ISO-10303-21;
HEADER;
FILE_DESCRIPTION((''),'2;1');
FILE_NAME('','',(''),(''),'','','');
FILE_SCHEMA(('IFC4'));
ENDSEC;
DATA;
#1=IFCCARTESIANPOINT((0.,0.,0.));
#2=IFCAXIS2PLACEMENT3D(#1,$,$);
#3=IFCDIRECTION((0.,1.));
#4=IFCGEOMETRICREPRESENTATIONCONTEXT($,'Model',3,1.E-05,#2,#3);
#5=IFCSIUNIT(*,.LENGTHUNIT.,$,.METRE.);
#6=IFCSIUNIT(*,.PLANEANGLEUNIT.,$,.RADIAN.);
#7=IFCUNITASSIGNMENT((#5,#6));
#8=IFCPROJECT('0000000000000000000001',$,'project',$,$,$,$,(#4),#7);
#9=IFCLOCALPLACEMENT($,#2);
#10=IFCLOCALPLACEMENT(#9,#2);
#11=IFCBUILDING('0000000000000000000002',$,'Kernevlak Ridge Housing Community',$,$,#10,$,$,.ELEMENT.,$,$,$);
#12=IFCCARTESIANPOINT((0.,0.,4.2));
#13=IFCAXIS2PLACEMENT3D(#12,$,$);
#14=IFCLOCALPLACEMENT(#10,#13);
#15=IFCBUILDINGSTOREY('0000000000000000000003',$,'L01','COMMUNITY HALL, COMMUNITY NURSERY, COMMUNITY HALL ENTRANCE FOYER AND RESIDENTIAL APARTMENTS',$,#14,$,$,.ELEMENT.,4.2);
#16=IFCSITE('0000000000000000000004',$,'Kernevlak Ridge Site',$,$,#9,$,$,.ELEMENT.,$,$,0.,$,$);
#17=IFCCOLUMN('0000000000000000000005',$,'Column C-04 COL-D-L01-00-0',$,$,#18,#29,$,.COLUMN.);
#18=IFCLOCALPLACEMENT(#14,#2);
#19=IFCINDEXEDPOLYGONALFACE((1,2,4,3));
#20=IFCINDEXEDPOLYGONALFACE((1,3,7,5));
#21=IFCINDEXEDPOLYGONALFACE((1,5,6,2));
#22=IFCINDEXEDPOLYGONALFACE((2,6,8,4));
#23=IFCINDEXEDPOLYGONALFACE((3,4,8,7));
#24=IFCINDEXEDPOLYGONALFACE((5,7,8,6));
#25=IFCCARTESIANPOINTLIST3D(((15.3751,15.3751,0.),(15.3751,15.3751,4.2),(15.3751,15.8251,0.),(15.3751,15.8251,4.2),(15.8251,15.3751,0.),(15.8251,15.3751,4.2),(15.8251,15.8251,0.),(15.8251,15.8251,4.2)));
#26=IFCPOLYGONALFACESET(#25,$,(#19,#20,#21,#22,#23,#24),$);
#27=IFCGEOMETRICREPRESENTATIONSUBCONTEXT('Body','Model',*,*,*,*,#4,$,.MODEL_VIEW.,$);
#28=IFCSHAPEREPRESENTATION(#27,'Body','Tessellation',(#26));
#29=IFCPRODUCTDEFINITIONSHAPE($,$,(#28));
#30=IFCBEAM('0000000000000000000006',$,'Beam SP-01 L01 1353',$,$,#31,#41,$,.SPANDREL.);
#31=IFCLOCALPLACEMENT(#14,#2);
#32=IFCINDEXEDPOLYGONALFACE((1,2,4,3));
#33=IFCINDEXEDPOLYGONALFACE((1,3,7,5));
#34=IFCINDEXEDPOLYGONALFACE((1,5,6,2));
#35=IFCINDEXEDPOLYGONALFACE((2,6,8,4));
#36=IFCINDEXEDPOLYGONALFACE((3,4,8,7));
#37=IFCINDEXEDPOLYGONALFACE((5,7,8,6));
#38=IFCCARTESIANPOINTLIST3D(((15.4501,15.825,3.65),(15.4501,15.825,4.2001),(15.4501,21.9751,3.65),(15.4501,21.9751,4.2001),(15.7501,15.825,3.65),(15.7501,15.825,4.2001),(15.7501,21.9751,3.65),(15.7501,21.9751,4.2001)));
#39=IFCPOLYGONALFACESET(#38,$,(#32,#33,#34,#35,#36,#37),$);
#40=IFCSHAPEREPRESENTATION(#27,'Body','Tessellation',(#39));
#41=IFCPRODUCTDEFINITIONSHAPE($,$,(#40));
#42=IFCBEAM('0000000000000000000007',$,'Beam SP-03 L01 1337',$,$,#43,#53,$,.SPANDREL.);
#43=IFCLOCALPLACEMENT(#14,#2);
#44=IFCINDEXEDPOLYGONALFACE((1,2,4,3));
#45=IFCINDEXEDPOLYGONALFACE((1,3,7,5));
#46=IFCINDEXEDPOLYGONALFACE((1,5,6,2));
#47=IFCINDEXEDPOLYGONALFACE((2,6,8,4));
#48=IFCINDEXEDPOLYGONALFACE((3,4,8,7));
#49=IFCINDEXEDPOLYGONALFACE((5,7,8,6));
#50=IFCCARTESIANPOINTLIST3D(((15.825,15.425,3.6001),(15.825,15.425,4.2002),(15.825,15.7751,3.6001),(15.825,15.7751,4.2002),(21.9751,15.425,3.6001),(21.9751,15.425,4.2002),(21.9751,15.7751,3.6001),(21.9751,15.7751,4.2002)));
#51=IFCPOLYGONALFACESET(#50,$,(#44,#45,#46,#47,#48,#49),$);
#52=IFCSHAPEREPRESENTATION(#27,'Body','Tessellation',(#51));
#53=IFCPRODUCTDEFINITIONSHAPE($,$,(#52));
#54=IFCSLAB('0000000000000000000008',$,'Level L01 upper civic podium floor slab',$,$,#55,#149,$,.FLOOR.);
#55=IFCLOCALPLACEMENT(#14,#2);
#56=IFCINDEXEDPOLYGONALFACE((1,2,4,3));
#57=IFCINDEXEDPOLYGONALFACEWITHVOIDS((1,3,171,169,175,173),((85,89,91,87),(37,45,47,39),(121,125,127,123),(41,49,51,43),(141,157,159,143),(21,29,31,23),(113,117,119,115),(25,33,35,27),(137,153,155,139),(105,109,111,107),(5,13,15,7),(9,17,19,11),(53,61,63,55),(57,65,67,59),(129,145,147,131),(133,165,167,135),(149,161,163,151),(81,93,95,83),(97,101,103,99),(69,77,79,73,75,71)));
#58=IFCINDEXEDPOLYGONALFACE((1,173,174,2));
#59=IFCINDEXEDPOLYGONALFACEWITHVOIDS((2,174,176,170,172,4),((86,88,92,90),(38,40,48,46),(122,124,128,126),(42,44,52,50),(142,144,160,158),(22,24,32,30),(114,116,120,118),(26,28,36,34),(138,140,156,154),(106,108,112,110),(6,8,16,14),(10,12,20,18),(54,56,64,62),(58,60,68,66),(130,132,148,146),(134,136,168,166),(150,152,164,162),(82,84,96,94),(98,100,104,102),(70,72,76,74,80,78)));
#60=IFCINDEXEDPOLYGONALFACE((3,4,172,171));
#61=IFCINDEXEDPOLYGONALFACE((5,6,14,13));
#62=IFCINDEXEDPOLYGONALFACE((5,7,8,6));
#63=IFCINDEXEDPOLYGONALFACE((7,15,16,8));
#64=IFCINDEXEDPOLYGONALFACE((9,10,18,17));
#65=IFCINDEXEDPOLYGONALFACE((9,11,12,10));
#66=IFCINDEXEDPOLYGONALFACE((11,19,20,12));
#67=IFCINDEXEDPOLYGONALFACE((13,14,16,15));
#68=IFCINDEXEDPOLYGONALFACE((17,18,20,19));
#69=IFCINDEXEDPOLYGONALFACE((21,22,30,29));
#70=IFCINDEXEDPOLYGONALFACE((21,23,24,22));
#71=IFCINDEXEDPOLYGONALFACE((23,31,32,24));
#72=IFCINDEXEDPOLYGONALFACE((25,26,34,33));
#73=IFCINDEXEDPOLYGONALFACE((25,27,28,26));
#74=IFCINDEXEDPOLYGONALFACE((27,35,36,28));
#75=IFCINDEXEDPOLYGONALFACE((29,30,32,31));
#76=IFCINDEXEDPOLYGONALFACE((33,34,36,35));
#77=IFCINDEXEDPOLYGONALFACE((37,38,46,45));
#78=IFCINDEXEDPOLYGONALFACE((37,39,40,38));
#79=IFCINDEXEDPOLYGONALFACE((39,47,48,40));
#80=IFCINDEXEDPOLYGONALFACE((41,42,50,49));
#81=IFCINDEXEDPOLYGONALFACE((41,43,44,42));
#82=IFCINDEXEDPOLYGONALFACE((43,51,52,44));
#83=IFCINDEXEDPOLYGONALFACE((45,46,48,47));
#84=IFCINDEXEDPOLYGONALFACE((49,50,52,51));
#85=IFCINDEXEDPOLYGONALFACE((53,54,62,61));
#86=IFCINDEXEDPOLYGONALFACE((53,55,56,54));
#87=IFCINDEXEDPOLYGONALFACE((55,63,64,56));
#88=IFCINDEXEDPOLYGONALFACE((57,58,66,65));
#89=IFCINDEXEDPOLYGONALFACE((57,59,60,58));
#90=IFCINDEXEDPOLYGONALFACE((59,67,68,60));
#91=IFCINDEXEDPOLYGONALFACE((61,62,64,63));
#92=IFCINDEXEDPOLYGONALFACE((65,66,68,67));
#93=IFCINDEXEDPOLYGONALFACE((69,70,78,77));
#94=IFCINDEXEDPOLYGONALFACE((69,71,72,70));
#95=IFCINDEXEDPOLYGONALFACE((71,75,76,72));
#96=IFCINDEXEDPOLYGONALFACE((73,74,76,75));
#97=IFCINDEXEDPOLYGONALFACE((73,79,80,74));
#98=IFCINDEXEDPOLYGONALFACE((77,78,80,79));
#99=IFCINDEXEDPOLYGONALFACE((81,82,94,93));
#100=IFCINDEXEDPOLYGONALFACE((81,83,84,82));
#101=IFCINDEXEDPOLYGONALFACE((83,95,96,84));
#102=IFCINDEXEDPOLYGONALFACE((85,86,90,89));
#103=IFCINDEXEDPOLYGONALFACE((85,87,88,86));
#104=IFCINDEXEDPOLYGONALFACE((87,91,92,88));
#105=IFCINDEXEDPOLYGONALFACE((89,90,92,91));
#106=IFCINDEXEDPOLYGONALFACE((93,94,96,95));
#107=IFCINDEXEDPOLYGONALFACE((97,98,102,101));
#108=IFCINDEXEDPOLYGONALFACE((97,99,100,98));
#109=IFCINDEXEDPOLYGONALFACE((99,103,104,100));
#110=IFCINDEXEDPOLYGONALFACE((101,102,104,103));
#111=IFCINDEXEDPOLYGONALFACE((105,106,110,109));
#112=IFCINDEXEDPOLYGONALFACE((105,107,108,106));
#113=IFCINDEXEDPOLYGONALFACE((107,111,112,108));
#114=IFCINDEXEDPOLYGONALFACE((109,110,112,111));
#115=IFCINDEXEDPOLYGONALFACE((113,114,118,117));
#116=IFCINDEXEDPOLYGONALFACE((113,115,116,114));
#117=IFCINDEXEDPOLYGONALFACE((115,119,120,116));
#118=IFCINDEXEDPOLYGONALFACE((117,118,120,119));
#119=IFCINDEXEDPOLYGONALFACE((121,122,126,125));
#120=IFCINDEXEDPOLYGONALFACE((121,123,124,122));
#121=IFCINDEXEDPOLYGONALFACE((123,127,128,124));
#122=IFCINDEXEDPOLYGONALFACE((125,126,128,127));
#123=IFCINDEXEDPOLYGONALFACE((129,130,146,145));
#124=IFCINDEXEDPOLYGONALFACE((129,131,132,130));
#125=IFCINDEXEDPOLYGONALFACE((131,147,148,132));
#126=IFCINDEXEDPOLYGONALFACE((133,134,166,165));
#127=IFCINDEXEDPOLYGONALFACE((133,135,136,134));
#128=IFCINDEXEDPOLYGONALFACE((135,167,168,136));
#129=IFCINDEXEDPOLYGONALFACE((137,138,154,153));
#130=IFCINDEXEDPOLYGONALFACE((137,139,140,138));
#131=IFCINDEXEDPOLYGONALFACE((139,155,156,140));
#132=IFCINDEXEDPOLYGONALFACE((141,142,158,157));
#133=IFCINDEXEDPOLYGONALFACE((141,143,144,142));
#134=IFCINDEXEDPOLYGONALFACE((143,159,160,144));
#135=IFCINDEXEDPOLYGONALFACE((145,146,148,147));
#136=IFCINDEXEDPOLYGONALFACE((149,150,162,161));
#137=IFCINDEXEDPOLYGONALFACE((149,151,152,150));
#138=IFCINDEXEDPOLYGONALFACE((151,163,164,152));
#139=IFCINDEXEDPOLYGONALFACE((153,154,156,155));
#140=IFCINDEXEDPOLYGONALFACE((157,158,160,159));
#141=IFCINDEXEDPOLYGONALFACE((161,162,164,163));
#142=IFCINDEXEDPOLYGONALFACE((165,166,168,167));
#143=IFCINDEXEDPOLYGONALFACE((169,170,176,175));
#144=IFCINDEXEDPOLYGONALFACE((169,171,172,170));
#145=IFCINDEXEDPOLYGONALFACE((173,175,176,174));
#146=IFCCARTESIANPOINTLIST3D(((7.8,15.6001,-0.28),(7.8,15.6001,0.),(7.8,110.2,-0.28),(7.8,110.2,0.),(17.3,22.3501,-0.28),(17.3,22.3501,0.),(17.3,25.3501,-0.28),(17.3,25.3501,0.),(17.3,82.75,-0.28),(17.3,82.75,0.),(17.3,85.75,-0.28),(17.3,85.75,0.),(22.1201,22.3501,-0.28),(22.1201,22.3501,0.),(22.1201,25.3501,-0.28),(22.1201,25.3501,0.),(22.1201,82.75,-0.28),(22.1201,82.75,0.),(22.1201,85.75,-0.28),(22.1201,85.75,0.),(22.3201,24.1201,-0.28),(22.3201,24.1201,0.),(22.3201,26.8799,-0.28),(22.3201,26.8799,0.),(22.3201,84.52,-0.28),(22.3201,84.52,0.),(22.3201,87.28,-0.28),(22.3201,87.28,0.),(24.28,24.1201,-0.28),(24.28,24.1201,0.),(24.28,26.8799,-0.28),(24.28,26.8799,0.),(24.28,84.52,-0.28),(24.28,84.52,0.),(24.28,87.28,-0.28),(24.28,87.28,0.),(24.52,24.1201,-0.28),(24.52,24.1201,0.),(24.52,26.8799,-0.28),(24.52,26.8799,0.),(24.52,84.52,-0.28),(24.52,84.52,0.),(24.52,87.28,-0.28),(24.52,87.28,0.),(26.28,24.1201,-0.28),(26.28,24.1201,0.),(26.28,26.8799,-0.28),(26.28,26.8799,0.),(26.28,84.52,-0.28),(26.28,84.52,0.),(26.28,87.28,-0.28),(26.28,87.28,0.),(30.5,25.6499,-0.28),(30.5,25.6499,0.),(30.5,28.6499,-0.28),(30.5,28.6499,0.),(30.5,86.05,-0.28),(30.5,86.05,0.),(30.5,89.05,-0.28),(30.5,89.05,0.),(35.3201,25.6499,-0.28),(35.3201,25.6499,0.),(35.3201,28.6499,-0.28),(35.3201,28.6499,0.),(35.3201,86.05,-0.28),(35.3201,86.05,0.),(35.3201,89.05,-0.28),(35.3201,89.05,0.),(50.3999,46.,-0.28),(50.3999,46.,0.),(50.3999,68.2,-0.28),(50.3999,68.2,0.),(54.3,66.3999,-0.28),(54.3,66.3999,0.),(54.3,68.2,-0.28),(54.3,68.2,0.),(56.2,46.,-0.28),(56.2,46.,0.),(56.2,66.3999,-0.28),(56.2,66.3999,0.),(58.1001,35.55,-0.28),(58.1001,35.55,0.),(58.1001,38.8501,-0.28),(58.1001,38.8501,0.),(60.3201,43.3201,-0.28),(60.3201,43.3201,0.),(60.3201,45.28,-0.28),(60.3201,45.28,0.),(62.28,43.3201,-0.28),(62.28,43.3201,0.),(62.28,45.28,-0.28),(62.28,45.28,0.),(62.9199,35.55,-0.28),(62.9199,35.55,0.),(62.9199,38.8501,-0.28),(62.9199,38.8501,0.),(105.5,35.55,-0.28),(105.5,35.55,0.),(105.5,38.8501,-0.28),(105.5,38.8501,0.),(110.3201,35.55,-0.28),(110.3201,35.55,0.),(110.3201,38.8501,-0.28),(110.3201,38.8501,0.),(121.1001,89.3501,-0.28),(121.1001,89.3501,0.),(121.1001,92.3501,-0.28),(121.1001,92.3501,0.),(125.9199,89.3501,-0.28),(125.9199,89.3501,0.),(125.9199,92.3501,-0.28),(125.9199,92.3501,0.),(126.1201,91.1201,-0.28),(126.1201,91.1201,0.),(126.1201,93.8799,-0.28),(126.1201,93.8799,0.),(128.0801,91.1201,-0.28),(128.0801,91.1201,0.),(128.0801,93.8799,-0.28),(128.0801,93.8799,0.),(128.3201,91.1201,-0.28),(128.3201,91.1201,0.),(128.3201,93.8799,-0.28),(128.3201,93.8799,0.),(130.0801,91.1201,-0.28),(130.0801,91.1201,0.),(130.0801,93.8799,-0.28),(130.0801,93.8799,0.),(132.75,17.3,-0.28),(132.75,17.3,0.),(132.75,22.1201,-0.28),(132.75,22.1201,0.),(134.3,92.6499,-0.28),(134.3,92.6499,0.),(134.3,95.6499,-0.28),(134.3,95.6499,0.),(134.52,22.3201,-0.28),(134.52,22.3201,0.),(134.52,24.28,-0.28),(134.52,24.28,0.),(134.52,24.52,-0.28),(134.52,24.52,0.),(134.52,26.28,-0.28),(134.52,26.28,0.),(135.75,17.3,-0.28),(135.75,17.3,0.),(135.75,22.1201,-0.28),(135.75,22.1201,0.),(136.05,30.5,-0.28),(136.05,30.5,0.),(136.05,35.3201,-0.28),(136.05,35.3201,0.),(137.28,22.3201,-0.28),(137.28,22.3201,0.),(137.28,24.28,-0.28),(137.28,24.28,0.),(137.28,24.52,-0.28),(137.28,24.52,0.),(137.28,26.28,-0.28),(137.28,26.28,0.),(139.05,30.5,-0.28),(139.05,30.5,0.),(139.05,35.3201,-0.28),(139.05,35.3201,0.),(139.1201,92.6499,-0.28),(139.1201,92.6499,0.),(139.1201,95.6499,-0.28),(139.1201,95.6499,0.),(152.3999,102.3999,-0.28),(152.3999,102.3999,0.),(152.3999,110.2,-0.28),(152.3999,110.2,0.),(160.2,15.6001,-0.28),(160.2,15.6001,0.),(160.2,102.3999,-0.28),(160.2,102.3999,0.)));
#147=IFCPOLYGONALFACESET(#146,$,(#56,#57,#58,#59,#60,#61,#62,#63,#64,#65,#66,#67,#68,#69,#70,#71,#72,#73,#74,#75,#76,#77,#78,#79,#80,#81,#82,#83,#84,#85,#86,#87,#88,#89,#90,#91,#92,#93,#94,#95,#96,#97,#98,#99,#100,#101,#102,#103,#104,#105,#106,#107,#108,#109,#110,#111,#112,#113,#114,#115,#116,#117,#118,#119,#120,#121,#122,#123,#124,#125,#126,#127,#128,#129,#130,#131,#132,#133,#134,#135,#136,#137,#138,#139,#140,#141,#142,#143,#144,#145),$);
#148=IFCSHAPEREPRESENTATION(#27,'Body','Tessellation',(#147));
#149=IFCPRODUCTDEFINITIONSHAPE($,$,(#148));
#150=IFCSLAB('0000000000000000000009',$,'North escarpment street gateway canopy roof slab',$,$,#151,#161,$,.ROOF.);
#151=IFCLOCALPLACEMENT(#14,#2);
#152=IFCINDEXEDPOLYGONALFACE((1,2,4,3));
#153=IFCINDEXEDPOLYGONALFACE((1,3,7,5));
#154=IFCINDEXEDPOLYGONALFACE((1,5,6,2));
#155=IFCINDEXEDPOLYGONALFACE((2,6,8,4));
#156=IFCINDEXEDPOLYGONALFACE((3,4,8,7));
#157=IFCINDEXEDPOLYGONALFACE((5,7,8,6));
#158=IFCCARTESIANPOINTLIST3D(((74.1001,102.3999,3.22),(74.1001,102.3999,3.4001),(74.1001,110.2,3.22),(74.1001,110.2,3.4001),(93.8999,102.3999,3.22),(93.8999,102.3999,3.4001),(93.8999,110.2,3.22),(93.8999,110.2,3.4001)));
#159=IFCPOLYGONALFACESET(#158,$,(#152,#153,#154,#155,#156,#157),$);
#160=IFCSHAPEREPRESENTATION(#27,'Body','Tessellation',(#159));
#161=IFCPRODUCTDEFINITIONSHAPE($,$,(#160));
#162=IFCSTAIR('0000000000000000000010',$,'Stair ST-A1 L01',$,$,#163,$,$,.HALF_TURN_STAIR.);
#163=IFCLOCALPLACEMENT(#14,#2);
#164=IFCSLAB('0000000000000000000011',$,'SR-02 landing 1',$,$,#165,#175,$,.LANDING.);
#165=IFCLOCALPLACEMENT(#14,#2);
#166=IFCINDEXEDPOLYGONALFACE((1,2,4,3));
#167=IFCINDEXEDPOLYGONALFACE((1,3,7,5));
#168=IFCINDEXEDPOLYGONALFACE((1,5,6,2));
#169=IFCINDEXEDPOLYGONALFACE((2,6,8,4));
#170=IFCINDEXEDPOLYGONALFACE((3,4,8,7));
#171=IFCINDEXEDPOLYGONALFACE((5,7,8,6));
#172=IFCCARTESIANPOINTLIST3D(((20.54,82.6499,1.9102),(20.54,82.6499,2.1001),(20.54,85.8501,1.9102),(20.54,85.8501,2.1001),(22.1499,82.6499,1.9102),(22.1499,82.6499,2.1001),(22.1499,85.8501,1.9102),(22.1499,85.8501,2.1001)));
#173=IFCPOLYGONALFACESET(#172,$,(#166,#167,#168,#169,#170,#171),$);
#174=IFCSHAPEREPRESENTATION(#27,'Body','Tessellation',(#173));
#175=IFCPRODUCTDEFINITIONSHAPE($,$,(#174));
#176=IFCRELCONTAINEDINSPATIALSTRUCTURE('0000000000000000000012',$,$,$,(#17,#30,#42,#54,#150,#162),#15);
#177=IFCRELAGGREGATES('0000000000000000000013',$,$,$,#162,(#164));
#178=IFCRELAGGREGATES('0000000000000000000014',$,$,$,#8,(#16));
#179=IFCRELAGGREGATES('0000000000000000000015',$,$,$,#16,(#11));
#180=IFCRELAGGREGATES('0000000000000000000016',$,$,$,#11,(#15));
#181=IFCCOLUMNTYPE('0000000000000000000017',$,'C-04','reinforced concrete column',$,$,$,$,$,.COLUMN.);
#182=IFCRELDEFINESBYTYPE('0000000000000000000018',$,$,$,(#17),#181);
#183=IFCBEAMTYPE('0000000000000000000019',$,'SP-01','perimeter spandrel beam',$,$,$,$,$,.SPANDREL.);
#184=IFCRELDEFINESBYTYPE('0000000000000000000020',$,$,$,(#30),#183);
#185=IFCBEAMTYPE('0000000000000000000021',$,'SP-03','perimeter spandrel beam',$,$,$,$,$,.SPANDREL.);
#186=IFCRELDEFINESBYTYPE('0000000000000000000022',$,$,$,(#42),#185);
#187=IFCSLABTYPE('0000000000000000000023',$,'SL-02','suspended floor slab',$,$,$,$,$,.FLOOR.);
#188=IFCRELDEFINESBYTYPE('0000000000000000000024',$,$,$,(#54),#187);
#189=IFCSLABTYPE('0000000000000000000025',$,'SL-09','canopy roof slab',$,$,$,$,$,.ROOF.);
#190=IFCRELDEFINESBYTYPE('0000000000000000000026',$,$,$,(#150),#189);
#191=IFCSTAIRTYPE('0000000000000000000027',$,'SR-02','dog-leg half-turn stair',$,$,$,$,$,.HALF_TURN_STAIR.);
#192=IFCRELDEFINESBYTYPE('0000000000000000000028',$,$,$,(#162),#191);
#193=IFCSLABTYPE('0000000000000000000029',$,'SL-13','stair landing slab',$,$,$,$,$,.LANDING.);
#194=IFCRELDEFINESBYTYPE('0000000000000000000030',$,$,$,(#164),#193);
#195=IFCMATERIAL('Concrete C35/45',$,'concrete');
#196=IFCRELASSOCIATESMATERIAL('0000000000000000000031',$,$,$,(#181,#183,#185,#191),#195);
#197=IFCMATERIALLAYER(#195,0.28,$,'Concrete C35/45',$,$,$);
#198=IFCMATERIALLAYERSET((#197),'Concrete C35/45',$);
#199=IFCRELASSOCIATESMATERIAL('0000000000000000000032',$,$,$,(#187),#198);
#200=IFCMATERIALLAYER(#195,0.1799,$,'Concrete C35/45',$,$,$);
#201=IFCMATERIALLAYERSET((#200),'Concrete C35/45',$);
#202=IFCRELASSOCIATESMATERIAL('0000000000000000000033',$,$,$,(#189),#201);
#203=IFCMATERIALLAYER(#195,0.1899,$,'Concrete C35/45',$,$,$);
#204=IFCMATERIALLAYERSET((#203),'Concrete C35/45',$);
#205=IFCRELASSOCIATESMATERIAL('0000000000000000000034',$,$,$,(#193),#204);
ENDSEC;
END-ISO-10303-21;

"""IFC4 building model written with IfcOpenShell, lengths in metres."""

from ifc_helpers import new_model, si_unit, direction, frame, origin, origin_2d, place, context, subcontext, project, spatial, polyline, rectangle, outline, extrude, material, layer, layer_set, material_profile, profile_set, type_object, element, aggregate, save


model = new_model("IFC4")

# Units and contexts
model_context = context("Model", 3, precision=1e-05, world=origin(), true_north=direction((0.0, 1.0)))
body_context = subcontext(model_context, "Body", "Model", "MODEL_VIEW")
ifc_project = project(units=[si_unit("LENGTHUNIT", "METRE"), si_unit("PLANEANGLEUNIT", "RADIAN")], contexts=[model_context])

# Site, building, storey
site_placement = place(None, origin())
site = spatial("IfcSite", under=ifc_project, at=site_placement, Name="Kernevlak Ridge Site", CompositionType="ELEMENT", RefElevation=0.0)
building_placement = place(site_placement, origin())
building = spatial("IfcBuilding", under=site, at=building_placement, Name="Kernevlak Ridge Housing Community", CompositionType="ELEMENT")
storey_placement = place(building_placement, frame((0.0, 0.0, 4.2)))
storey = spatial("IfcBuildingStorey", under=building, at=storey_placement, Name="L01", Description="COMMUNITY HALL, COMMUNITY NURSERY, COMMUNITY HALL ENTRANCE FOYER AND RESIDENTIAL APARTMENTS", CompositionType="ELEMENT", Elevation=4.2)

# Column
ifc_material_1 = material(Name="Concrete C35/45", Category="concrete")
ifc_material_profile_1 = material_profile(ifc_material_1, rectangle(XDim=0.45, YDim=0.45, at=origin_2d()), Name="RC 450x450")
ifc_profile_set_1 = profile_set([ifc_material_profile_1], Name="Concrete C35/45")
column_type = type_object("IfcColumnType", Name="C-04", Description="reinforced concrete column", PredefinedType="COLUMN", material=ifc_profile_set_1)
column_placement = place(storey_placement, frame((15.6001, 15.6001, 0.0), z_axis=(0.0, 0.0, 1.0), x_axis=(1.0, 0.0, 0.0)))
element("IfcColumn", 1, at=column_placement, inside=storey, type_object=column_type, Name="Column C-04 COL-D-L01-00-0", PredefinedType="COLUMN", context=body_context, shape_type="SweptSolid", body=[
    extrude(rectangle(XDim=0.45, YDim=0.45, at=origin_2d()), origin(), (0.0, 0.0, 1.0), 4.2),
])

# Beams
ifc_material_profile_2 = material_profile(ifc_material_1, rectangle(XDim=0.3, YDim=0.55, at=origin_2d()), Name="RC 300x550")
ifc_profile_set_2 = profile_set([ifc_material_profile_2], Name="Concrete C35/45")
beam_type_1 = type_object("IfcBeamType", Name="SP-01", Description="perimeter spandrel beam", PredefinedType="SPANDREL", material=ifc_profile_set_2)
beam_1_placement = place(storey_placement, frame((15.6001, 15.825, 3.925), z_axis=(0.0, 1.0, 0.0), x_axis=(-1.0, 0.0, 0.0)))
element("IfcBeam", 2, at=beam_1_placement, inside=storey, type_object=beam_type_1, Name="Beam SP-01 L01 1353", PredefinedType="SPANDREL", context=body_context, shape_type="SweptSolid", body=[
    extrude(rectangle(XDim=0.3, YDim=0.55, at=origin_2d()), origin(), (0.0, 0.0, 1.0), 6.1501),
])
ifc_material_profile_3 = material_profile(ifc_material_1, rectangle(XDim=0.3501, YDim=0.6001, at=origin_2d()), Name="RC 350x600")
ifc_profile_set_3 = profile_set([ifc_material_profile_3], Name="Concrete C35/45")
beam_type_2 = type_object("IfcBeamType", Name="SP-03", Description="perimeter spandrel beam", PredefinedType="SPANDREL", material=ifc_profile_set_3)
beam_2_placement = place(storey_placement, frame((15.825, 15.6001, 3.9001), z_axis=(1.0, 0.0, 0.0), x_axis=(0.0, 1.0, 0.0)))
element("IfcBeam", 3, at=beam_2_placement, inside=storey, type_object=beam_type_2, Name="Beam SP-03 L01 1337", PredefinedType="SPANDREL", context=body_context, shape_type="SweptSolid", body=[
    extrude(rectangle(XDim=0.3501, YDim=0.6001, at=origin_2d()), origin(), (0.0, 0.0, 1.0), 6.1501),
])

# Slabs
ifc_layer_1 = layer(ifc_material_1, 0.28, Name="Concrete C35/45")
ifc_layer_set_1 = layer_set([ifc_layer_1], Name="Concrete C35/45")
slab_type_1 = type_object("IfcSlabType", Name="SL-02", Description="suspended floor slab", PredefinedType="FLOOR", material=ifc_layer_set_1)
slab_1_placement = place(storey_placement, frame((0.0, 0.0, -0.28)))
element("IfcSlab", 4, at=slab_1_placement, inside=storey, type_object=slab_type_1, Name="Level L01 upper civic podium floor slab", PredefinedType="FLOOR", context=body_context, shape_type="SweptSolid", body=[
    extrude(outline(polyline([(7.8, 15.6001), (160.2, 15.6001), (160.2, 102.3999), (152.3999, 102.3999), (152.3999, 110.2), (7.8, 110.2), (7.8, 15.6001)]), holes=[polyline([(50.3999, 46.0), (50.3999, 68.2), (54.3, 68.2), (54.3, 66.3999), (56.2, 66.3999), (56.2, 46.0), (50.3999, 46.0)]), polyline([(17.3, 85.75), (22.1201, 85.75), (22.1201, 82.75), (17.3, 82.75), (17.3, 85.75)]), polyline([(30.5, 89.05), (35.3201, 89.05), (35.3201, 86.05), (30.5, 86.05), (30.5, 89.05)]), polyline([(121.1001, 92.3501), (125.9199, 92.3501), (125.9199, 89.3501), (121.1001, 89.3501), (121.1001, 92.3501)]), polyline([(134.3, 95.6499), (139.1201, 95.6499), (139.1201, 92.6499), (134.3, 92.6499), (134.3, 95.6499)]), polyline([(132.75, 17.3), (132.75, 22.1201), (135.75, 22.1201), (135.75, 17.3), (132.75, 17.3)]), polyline([(136.05, 30.5), (136.05, 35.3201), (139.05, 35.3201), (139.05, 30.5), (136.05, 30.5)]), polyline([(17.3, 25.3501), (22.1201, 25.3501), (22.1201, 22.3501), (17.3, 22.3501), (17.3, 25.3501)]), polyline([(30.5, 28.6499), (35.3201, 28.6499), (35.3201, 25.6499), (30.5, 25.6499), (30.5, 28.6499)]), polyline([(58.1001, 38.8501), (62.9199, 38.8501), (62.9199, 35.55), (58.1001, 35.55), (58.1001, 38.8501)]), polyline([(105.5, 38.8501), (110.3201, 38.8501), (110.3201, 35.55), (105.5, 35.55), (105.5, 38.8501)]), polyline([(22.3201, 87.28), (24.28, 87.28), (24.28, 84.52), (22.3201, 84.52), (22.3201, 87.28)]), polyline([(24.52, 87.28), (26.28, 87.28), (26.28, 84.52), (24.52, 84.52), (24.52, 87.28)]), polyline([(126.1201, 93.8799), (128.0801, 93.8799), (128.0801, 91.1201), (126.1201, 91.1201), (126.1201, 93.8799)]), polyline([(128.3201, 93.8799), (130.0801, 93.8799), (130.0801, 91.1201), (128.3201, 91.1201), (128.3201, 93.8799)]), polyline([(134.52, 24.28), (137.28, 24.28), (137.28, 22.3201), (134.52, 22.3201), (134.52, 24.28)]), polyline([(134.52, 26.28), (137.28, 26.28), (137.28, 24.52), (134.52, 24.52), (134.52, 26.28)]), polyline([(22.3201, 26.8799), (24.28, 26.8799), (24.28, 24.1201), (22.3201, 24.1201), (22.3201, 26.8799)]), polyline([(24.52, 26.8799), (26.28, 26.8799), (26.28, 24.1201), (24.52, 24.1201), (24.52, 26.8799)]), polyline([(60.3201, 45.28), (62.28, 45.28), (62.28, 43.3201), (60.3201, 43.3201), (60.3201, 45.28)])]), origin(), (0.0, 0.0, 1.0), 0.28),
])
ifc_layer_2 = layer(ifc_material_1, 0.1799, Name="Concrete C35/45")
ifc_layer_set_2 = layer_set([ifc_layer_2], Name="Concrete C35/45")
slab_type_2 = type_object("IfcSlabType", Name="SL-09", Description="canopy roof slab", PredefinedType="ROOF", material=ifc_layer_set_2)
slab_2_placement = place(storey_placement, frame((0.0, 0.0, 3.22)))
element("IfcSlab", 5, at=slab_2_placement, inside=storey, type_object=slab_type_2, Name="North escarpment street gateway canopy roof slab", PredefinedType="ROOF", context=body_context, shape_type="SweptSolid", body=[
    extrude(outline(polyline([(74.1001, 102.3999), (93.8999, 102.3999), (93.8999, 110.2), (74.1001, 110.2), (74.1001, 102.3999)])), origin(), (0.0, 0.0, 1.0), 0.1802),
])

# Stair, slab
stair_type = type_object("IfcStairType", Name="SR-02", Description="dog-leg half-turn stair", PredefinedType="HALF_TURN_STAIR", material=ifc_material_1)
stair_1_placement = place(storey_placement, origin())
stair_1 = element("IfcStair", 6, at=stair_1_placement, inside=storey, type_object=stair_type, Name="Stair ST-A1 L01", PredefinedType="HALF_TURN_STAIR")
ifc_layer_3 = layer(ifc_material_1, 0.1899, Name="Concrete C35/45")
ifc_layer_set_3 = layer_set([ifc_layer_3], Name="Concrete C35/45")
slab_type_3 = type_object("IfcSlabType", Name="SL-13", Description="stair landing slab", PredefinedType="LANDING", material=ifc_layer_set_3)
slab_3_placement = place(storey_placement, frame((0.0, 0.0, 1.9102)))
slab_3 = element("IfcSlab", 7, at=slab_3_placement, type_object=slab_type_3, Name="SR-02 landing 1", PredefinedType="LANDING", context=body_context, shape_type="SweptSolid", body=[
    extrude(outline(polyline([(20.54, 82.6499), (22.1499, 82.6499), (22.1499, 85.8501), (20.54, 85.8501), (20.54, 82.6499)])), origin(), (0.0, 0.0, 1.0), 0.1899),
])
aggregate(stair_1, [slab_3])

save(model, "model.ifc")
